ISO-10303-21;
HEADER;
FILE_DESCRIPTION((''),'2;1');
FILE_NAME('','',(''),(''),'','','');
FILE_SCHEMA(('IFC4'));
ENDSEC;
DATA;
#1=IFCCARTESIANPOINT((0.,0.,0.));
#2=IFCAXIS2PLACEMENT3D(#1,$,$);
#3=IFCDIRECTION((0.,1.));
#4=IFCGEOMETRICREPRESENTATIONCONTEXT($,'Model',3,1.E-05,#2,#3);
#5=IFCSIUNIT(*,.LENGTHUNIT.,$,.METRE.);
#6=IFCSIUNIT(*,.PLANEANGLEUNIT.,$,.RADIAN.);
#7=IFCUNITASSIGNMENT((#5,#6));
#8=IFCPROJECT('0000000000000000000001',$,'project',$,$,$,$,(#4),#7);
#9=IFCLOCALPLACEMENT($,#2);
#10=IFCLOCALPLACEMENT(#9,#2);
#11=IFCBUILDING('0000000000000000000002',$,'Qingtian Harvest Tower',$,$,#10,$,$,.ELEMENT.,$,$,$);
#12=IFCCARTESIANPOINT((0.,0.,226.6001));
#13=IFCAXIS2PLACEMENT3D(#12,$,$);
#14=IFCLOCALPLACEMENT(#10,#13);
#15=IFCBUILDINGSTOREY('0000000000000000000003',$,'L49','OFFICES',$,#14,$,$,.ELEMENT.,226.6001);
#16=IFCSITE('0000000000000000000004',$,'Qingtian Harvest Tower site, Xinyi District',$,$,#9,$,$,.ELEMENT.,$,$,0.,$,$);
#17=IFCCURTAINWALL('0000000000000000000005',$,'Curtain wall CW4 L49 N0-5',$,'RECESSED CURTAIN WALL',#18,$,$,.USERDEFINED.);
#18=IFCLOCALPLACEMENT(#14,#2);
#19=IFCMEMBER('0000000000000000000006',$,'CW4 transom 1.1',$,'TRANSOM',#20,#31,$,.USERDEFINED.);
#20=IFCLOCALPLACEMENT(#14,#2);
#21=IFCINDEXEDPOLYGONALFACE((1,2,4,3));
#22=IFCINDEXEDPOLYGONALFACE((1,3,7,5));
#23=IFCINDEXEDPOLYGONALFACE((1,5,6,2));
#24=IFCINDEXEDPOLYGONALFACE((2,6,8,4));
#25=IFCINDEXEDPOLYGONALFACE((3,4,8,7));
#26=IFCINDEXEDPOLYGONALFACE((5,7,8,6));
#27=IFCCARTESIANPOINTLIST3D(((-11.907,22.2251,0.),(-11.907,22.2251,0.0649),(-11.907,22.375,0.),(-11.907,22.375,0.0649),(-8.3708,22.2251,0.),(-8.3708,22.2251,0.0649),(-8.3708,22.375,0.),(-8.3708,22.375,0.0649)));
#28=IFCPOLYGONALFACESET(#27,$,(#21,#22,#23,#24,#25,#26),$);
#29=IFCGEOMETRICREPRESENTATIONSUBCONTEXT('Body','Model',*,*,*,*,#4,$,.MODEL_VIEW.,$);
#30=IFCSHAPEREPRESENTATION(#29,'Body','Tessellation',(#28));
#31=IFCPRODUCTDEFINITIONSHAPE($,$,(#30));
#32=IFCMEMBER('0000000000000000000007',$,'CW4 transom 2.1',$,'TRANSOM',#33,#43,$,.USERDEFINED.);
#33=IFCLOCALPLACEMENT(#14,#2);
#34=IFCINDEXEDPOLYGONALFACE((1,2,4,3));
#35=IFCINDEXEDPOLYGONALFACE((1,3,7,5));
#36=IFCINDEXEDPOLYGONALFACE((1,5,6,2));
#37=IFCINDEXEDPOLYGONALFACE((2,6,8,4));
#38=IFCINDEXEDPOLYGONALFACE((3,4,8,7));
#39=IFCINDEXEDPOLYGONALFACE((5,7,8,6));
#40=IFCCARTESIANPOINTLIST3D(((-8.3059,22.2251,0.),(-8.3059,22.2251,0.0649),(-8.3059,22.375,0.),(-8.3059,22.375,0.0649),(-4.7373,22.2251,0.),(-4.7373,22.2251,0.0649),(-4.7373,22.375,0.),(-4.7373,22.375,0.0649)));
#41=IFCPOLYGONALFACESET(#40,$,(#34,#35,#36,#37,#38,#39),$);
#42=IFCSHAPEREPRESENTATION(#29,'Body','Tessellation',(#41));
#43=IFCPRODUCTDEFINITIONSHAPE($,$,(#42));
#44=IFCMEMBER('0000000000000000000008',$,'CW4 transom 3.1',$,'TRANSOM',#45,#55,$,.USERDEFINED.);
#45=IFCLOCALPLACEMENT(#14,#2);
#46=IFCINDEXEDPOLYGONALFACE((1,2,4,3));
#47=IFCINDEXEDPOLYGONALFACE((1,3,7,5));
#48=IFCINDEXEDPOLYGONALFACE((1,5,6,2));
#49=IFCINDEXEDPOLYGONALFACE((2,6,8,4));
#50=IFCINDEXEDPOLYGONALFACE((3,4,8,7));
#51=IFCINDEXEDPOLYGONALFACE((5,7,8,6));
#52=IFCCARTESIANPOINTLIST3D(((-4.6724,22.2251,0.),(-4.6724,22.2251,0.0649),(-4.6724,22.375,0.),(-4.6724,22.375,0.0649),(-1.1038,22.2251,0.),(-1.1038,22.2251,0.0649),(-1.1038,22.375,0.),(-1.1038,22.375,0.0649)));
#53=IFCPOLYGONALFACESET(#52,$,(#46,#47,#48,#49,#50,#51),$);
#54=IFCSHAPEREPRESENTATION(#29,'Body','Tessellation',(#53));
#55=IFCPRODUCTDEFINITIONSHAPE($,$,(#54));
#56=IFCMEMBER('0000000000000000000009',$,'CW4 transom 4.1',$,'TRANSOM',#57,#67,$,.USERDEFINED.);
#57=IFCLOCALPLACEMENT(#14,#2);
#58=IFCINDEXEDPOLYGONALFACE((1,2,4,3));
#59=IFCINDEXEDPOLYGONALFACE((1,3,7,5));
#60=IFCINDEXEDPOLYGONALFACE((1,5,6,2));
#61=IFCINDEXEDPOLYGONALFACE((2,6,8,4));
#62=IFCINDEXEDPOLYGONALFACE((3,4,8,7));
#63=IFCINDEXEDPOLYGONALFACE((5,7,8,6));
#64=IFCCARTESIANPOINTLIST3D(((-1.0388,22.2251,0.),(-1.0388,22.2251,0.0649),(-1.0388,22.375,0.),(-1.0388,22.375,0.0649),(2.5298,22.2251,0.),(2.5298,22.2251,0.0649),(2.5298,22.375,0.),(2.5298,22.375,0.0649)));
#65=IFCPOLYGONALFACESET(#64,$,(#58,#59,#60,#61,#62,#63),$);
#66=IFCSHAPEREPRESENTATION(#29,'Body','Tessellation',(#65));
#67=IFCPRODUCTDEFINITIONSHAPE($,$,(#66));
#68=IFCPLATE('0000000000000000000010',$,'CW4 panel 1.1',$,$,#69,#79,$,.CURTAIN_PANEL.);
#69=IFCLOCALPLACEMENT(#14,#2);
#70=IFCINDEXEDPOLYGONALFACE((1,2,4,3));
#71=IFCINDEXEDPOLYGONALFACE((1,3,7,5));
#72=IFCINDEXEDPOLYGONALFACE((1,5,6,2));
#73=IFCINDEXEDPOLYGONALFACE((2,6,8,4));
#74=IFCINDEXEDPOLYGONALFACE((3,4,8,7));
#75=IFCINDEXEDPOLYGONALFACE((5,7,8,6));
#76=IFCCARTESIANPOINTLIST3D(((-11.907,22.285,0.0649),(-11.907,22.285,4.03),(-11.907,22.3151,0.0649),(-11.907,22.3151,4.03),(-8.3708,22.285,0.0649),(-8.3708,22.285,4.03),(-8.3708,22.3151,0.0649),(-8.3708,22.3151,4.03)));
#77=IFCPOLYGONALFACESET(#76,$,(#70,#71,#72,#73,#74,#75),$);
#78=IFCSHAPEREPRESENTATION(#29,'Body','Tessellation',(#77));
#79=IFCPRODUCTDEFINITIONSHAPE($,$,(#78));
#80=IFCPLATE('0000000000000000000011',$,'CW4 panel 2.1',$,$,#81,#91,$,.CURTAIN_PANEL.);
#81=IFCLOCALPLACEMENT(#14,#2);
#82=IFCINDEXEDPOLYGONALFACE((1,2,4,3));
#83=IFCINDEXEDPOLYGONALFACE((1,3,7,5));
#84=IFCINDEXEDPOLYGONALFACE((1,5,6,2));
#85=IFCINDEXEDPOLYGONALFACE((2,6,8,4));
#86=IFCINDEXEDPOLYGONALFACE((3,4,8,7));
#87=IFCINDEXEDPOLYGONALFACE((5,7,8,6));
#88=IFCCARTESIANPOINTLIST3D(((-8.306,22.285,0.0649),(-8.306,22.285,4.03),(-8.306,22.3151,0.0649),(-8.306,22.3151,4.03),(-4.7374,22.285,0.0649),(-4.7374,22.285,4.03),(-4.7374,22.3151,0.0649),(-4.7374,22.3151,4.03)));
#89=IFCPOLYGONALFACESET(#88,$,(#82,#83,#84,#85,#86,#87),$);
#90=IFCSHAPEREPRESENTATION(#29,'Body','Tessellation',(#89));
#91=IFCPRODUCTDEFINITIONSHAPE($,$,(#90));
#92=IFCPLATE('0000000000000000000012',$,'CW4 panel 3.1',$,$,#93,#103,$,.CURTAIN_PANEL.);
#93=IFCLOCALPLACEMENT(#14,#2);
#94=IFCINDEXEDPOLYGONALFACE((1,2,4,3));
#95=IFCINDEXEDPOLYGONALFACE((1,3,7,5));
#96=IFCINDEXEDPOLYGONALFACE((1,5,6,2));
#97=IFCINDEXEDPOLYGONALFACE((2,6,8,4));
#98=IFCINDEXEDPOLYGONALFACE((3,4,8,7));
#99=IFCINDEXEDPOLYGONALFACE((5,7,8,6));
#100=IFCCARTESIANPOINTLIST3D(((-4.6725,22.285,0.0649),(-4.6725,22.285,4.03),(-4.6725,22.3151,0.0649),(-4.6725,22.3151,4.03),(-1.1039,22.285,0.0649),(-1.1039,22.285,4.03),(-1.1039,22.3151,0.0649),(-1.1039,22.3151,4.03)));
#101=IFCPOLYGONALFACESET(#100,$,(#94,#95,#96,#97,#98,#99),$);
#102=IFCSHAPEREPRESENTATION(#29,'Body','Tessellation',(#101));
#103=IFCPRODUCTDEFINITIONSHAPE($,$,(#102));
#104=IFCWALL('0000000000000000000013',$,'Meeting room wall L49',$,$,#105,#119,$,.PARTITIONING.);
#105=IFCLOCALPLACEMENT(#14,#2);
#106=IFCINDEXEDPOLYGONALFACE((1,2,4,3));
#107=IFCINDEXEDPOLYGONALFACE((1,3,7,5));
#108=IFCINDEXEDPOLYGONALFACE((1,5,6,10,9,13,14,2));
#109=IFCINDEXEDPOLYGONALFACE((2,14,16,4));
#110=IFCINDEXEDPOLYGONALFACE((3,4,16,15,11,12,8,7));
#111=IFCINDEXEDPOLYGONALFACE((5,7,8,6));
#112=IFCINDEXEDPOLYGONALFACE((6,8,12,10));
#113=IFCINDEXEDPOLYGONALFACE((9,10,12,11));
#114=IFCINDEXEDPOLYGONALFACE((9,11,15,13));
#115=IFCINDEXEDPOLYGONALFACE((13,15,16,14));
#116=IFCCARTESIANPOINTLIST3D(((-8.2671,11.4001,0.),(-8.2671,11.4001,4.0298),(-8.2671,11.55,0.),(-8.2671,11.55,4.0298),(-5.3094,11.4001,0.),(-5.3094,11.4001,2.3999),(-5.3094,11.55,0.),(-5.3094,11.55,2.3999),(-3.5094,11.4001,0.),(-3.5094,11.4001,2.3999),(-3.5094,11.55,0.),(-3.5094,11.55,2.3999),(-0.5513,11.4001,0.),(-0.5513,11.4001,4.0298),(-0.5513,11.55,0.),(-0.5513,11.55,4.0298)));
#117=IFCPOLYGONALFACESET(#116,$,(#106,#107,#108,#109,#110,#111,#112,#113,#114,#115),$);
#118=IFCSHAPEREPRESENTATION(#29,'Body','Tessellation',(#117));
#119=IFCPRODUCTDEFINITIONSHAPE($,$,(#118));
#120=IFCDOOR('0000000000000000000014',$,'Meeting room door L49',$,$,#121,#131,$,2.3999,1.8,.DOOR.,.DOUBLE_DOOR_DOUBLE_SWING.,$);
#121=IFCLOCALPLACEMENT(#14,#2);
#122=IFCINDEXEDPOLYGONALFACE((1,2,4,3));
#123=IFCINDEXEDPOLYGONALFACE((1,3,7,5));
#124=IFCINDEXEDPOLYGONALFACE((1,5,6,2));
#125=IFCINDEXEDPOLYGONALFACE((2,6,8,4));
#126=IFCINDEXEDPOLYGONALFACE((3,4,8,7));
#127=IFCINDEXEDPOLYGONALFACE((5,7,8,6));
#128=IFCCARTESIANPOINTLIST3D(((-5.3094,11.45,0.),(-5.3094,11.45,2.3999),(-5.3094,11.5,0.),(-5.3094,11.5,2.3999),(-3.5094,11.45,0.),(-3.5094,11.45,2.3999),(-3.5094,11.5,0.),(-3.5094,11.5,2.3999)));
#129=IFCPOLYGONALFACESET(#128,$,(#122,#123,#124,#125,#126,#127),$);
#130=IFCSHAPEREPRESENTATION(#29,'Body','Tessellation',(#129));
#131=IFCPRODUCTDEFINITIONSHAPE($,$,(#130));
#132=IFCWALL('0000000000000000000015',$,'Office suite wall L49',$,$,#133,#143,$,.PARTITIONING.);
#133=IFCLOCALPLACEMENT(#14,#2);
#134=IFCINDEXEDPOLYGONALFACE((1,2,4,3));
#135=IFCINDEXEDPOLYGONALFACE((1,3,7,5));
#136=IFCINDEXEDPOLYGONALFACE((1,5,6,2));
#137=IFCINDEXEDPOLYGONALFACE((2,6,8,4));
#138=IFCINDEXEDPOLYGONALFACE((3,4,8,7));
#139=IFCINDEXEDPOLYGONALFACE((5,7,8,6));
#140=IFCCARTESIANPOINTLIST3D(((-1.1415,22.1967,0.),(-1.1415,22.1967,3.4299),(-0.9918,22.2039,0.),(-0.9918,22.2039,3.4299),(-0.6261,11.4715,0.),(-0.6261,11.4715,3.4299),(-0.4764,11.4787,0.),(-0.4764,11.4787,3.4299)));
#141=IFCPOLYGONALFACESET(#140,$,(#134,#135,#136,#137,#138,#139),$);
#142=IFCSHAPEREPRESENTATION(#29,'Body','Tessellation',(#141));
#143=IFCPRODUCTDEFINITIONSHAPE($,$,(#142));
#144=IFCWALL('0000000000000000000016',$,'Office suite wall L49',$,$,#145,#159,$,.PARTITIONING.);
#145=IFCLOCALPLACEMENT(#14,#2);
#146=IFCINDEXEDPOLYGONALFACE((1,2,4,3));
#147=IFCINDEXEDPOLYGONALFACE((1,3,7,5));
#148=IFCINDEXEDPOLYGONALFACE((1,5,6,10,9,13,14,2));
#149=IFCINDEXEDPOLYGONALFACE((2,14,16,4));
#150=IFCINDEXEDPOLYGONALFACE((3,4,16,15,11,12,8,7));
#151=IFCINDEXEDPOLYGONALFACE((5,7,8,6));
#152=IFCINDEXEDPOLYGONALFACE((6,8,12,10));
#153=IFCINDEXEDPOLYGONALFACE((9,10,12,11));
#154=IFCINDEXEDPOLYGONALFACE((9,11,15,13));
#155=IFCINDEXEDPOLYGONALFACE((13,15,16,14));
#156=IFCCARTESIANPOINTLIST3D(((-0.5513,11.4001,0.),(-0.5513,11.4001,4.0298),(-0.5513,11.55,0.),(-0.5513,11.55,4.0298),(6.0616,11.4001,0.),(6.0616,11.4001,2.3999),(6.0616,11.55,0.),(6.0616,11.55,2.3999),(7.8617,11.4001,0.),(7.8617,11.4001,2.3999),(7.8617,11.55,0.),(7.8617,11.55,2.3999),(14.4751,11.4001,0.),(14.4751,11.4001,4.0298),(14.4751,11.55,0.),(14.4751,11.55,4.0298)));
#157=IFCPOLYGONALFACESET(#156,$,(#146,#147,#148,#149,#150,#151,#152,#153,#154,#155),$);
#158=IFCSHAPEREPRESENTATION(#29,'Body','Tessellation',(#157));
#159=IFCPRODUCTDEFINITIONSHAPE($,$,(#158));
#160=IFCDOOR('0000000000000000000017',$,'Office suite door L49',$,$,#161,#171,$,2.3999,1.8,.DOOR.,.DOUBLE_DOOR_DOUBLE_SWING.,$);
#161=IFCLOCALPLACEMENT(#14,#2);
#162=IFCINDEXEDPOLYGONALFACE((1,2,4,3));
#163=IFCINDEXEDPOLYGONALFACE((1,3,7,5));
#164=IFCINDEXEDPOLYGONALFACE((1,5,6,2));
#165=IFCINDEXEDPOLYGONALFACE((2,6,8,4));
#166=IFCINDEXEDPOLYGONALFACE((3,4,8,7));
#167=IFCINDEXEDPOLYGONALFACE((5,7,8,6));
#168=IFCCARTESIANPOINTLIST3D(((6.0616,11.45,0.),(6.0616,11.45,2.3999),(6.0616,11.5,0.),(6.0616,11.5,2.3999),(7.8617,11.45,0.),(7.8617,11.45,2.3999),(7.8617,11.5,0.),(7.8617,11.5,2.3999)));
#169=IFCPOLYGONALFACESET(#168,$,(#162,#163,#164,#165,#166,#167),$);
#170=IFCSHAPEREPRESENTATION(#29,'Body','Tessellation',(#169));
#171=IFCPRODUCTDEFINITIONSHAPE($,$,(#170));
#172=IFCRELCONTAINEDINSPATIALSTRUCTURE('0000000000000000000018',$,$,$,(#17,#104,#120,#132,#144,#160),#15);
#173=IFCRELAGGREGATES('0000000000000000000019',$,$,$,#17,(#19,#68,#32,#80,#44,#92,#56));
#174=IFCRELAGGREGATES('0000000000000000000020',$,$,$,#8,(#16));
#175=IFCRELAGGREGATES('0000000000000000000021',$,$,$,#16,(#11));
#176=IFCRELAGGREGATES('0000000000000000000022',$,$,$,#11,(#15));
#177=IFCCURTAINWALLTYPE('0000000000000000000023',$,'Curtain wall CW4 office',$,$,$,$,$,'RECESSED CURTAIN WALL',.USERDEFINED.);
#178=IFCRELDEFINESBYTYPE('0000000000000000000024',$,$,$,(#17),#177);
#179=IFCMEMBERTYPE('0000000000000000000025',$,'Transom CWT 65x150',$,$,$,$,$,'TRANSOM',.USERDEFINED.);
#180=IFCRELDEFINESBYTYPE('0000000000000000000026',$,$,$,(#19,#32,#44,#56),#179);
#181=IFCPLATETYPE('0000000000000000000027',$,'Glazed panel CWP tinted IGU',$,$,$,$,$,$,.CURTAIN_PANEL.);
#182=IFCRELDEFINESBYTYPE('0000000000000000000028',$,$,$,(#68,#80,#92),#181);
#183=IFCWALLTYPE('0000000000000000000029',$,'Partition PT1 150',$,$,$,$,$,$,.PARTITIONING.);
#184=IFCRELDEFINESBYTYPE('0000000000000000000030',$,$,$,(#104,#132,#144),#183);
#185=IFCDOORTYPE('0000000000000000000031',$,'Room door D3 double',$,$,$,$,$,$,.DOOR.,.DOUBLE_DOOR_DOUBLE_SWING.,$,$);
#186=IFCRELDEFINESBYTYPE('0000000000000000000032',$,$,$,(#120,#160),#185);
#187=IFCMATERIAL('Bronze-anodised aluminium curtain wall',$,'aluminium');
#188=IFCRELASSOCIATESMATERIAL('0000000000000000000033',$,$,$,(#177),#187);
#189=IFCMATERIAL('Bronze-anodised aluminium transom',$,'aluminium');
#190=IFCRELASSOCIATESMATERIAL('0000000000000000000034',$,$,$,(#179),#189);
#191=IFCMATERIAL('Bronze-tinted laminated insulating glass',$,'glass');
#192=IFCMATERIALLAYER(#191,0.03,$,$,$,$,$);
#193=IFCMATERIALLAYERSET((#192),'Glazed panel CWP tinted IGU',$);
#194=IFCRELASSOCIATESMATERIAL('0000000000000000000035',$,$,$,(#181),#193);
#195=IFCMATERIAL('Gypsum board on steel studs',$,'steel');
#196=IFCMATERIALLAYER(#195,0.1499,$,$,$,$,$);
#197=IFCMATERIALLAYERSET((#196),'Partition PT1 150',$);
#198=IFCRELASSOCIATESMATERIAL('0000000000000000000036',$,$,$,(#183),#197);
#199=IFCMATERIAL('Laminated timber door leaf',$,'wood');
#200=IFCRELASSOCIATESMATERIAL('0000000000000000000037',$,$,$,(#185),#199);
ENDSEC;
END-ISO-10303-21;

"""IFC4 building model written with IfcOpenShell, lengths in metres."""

from ifc_helpers import new_model, si_unit, direction, frame, frame_2d, origin, origin_2d, place, context, subcontext, project, spatial, rectangle, extrude, material, layer, layer_set, material_profile, profile_set, type_object, element, fill, aggregate, save


model = new_model("IFC4")

# Units and contexts
model_context = context("Model", 3, precision=1e-05, world=origin(), true_north=direction((0.0, 1.0)))
body_context = subcontext(model_context, "Body", "Model", "MODEL_VIEW")
ifc_project = project(units=[si_unit("LENGTHUNIT", "METRE"), si_unit("PLANEANGLEUNIT", "RADIAN")], contexts=[model_context])

# Site, building, storey
site_placement = place(None, origin())
site = spatial("IfcSite", under=ifc_project, at=site_placement, Name="Qingtian Harvest Tower site, Xinyi District", CompositionType="ELEMENT", RefElevation=0.0)
building_placement = place(site_placement, origin())
building = spatial("IfcBuilding", under=site, at=building_placement, Name="Qingtian Harvest Tower", CompositionType="ELEMENT")
storey_placement = place(building_placement, frame((0.0, 0.0, 226.6001)))
storey = spatial("IfcBuildingStorey", under=building, at=storey_placement, Name="L49", Description="OFFICES", CompositionType="ELEMENT", Elevation=226.6001)

# Curtain wall
ifc_material_1 = material(Name="Bronze-anodised aluminium curtain wall", Category="aluminium")
curtain_wall_type = type_object("IfcCurtainWallType", Name="Curtain wall CW4 office", ElementType="RECESSED CURTAIN WALL", PredefinedType="USERDEFINED", material=ifc_material_1)
curtain_wall_1_placement = place(storey_placement, origin())
curtain_wall_1 = element("IfcCurtainWall", 1, at=curtain_wall_1_placement, inside=storey, type_object=curtain_wall_type, Name="Curtain wall CW4 L49 N0-5", ObjectType="RECESSED CURTAIN WALL", PredefinedType="USERDEFINED")

# Members
ifc_material_2 = material(Name="Bronze-anodised aluminium transom", Category="aluminium")
ifc_material_profile_1 = material_profile(ifc_material_2, rectangle(XDim=0.1499, YDim=0.0649, at=origin_2d()), Name="AL 65x150")
ifc_profile_set_1 = profile_set([ifc_material_profile_1], Name="Bronze-anodised aluminium transom")
member_type_1 = type_object("IfcMemberType", Name="Transom CWT 65x150", ElementType="TRANSOM", PredefinedType="USERDEFINED", material=ifc_profile_set_1)
member_1_placement = place(storey_placement, frame((-11.907, 22.3, 0.0325), z_axis=(1.0, 0.0, 0.0), x_axis=(0.0, 1.0, 0.0)))
member_1 = element("IfcMember", 2, at=member_1_placement, type_object=member_type_1, Name="CW4 transom 1.1", ObjectType="TRANSOM", PredefinedType="USERDEFINED", context=body_context, shape_type="SweptSolid", body=[
    extrude(rectangle(XDim=0.1499, YDim=0.0649, at=origin_2d()), origin(), (0.0, 0.0, 1.0), 3.5361),
])
member_2_placement = place(storey_placement, frame((-8.3059, 22.3, 0.0325), z_axis=(1.0, 0.0, 0.0), x_axis=(0.0, 1.0, 0.0)))
member_2 = element("IfcMember", 3, at=member_2_placement, type_object=member_type_1, Name="CW4 transom 2.1", ObjectType="TRANSOM", PredefinedType="USERDEFINED", context=body_context, shape_type="SweptSolid", body=[
    extrude(rectangle(XDim=0.1499, YDim=0.0649, at=origin_2d()), origin(), (0.0, 0.0, 1.0), 3.5686),
])
member_3_placement = place(storey_placement, frame((-4.6724, 22.3, 0.0325), z_axis=(1.0, 0.0, 0.0), x_axis=(0.0, 1.0, 0.0)))
member_3 = element("IfcMember", 4, at=member_3_placement, type_object=member_type_1, Name="CW4 transom 3.1", ObjectType="TRANSOM", PredefinedType="USERDEFINED", context=body_context, shape_type="SweptSolid", body=[
    extrude(rectangle(XDim=0.1499, YDim=0.0649, at=origin_2d()), origin(), (0.0, 0.0, 1.0), 3.5686),
])
member_4_placement = place(storey_placement, frame((-1.0388, 22.3, 0.0325), z_axis=(1.0, 0.0, 0.0), x_axis=(0.0, 1.0, 0.0)))
member_4 = element("IfcMember", 5, at=member_4_placement, type_object=member_type_1, Name="CW4 transom 4.1", ObjectType="TRANSOM", PredefinedType="USERDEFINED", context=body_context, shape_type="SweptSolid", body=[
    extrude(rectangle(XDim=0.1499, YDim=0.0649, at=origin_2d()), origin(), (0.0, 0.0, 1.0), 3.5686),
])

# Plates
ifc_material_3 = material(Name="Bronze-tinted laminated insulating glass", Category="glass")
ifc_layer_1 = layer(ifc_material_3, 0.03)
ifc_layer_set_1 = layer_set([ifc_layer_1], Name="Glazed panel CWP tinted IGU")
plate_type = type_object("IfcPlateType", Name="Glazed panel CWP tinted IGU", PredefinedType="CURTAIN_PANEL", material=ifc_layer_set_1)
plate_1_placement = place(storey_placement, frame((-10.1389, 22.3, 0.0649), z_axis=(0.0, 0.0, 1.0), x_axis=(1.0, 0.0, 0.0)))
plate_1 = element("IfcPlate", 6, at=plate_1_placement, type_object=plate_type, Name="CW4 panel 1.1", PredefinedType="CURTAIN_PANEL", context=body_context, shape_type="SweptSolid", body=[
    extrude(rectangle(XDim=3.5361, YDim=0.03, at=origin_2d()), origin(), (0.0, 0.0, 1.0), 3.9651),
])
plate_2_placement = place(storey_placement, frame((-6.5217, 22.3, 0.0649), z_axis=(0.0, 0.0, 1.0), x_axis=(1.0, 0.0, 0.0)))
plate_2 = element("IfcPlate", 7, at=plate_2_placement, type_object=plate_type, Name="CW4 panel 2.1", PredefinedType="CURTAIN_PANEL", context=body_context, shape_type="SweptSolid", body=[
    extrude(rectangle(XDim=3.5686, YDim=0.03, at=origin_2d()), origin(), (0.0, 0.0, 1.0), 3.9651),
])
plate_3_placement = place(storey_placement, frame((-2.8882, 22.3, 0.0649), z_axis=(0.0, 0.0, 1.0), x_axis=(1.0, 0.0, 0.0)))
plate_3 = element("IfcPlate", 8, at=plate_3_placement, type_object=plate_type, Name="CW4 panel 3.1", PredefinedType="CURTAIN_PANEL", context=body_context, shape_type="SweptSolid", body=[
    extrude(rectangle(XDim=3.5686, YDim=0.03, at=origin_2d()), origin(), (0.0, 0.0, 1.0), 3.9651),
])
aggregate(curtain_wall_1, [member_1, plate_1, member_2, plate_2, member_3, plate_3, member_4])

# Wall, opening, door
ifc_material_4 = material(Name="Gypsum board on steel studs", Category="steel")
ifc_layer_2 = layer(ifc_material_4, 0.1499)
ifc_layer_set_2 = layer_set([ifc_layer_2], Name="Partition PT1 150")
wall_type = type_object("IfcWallType", Name="Partition PT1 150", PredefinedType="PARTITIONING", material=ifc_layer_set_2)
wall_1_placement = place(storey_placement, frame((-8.2671, 11.4751, 0.0), z_axis=(0.0, 0.0, 1.0), x_axis=(1.0, 0.0, 0.0)))
wall_1 = element("IfcWall", 9, at=wall_1_placement, inside=storey, type_object=wall_type, Name="Meeting room wall L49", PredefinedType="PARTITIONING", context=body_context, shape_type="SweptSolid", body=[
    extrude(rectangle(XDim=7.7158, YDim=0.1499, at=frame_2d((3.8579, 0.0))), origin(), (0.0, 0.0, 1.0), 4.0298),
])
opening_1_placement = place(wall_1_placement, frame((2.9578, 0.0, 0.0)))
opening_1 = element("IfcOpeningElement", 10, at=opening_1_placement, cuts=wall_1, PredefinedType="OPENING", context=body_context, shape_type="SweptSolid", body=[
    extrude(rectangle(XDim=1.8, YDim=2.3999, at=frame_2d((0.8999, 1.2))), frame((0.0, 0.085, 0.0), z_axis=(0.0, -1.0, 0.0), x_axis=(1.0, 0.0, 0.0)), (0.0, 0.0, 1.0), 0.1699),
])
ifc_material_5 = material(Name="Laminated timber door leaf", Category="wood")
door_type = type_object("IfcDoorType", Name="Room door D3 double", OperationType="DOUBLE_DOOR_DOUBLE_SWING", PredefinedType="DOOR", material=ifc_material_5)
door_1_placement = place(opening_1_placement, origin())
door_1 = element("IfcDoor", 11, at=door_1_placement, inside=storey, type_object=door_type, Name="Meeting room door L49", OperationType="DOUBLE_DOOR_DOUBLE_SWING", OverallHeight=2.3999, OverallWidth=1.8, PredefinedType="DOOR", context=body_context, shape_type="SweptSolid", body=[
    extrude(rectangle(XDim=1.8, YDim=2.3999, at=frame_2d((0.8999, 1.2))), frame((0.0, 0.0249, 0.0), z_axis=(0.0, -1.0, 0.0), x_axis=(1.0, 0.0, 0.0)), (0.0, 0.0, 1.0), 0.05),
])
fill(opening_1, door_1)

# Wall
wall_2_placement = place(storey_placement, frame((-1.0667, 22.2002, 0.0), z_axis=(0.0, 0.0, 1.0), x_axis=(0.047998, -0.998847, 0.0)))
element("IfcWall", 12, at=wall_2_placement, inside=storey, type_object=wall_type, Name="Office suite wall L49", PredefinedType="PARTITIONING", context=body_context, shape_type="SweptSolid", body=[
    extrude(rectangle(XDim=10.7375, YDim=0.1499, at=frame_2d((5.3687, 0.0))), origin(), (0.0, 0.0, 1.0), 3.4299),
])

# Wall, opening, door
wall_3_placement = place(storey_placement, frame((-0.5513, 11.4751, 0.0), z_axis=(0.0, 0.0, 1.0), x_axis=(1.0, 0.0, 0.0)))
wall_3 = element("IfcWall", 13, at=wall_3_placement, inside=storey, type_object=wall_type, Name="Office suite wall L49", PredefinedType="PARTITIONING", context=body_context, shape_type="SweptSolid", body=[
    extrude(rectangle(XDim=15.0264, YDim=0.1499, at=frame_2d((7.5132, 0.0))), origin(), (0.0, 0.0, 1.0), 4.0298),
])
opening_2_placement = place(wall_3_placement, frame((6.613, 0.0, 0.0)))
opening_2 = element("IfcOpeningElement", 14, at=opening_2_placement, cuts=wall_3, PredefinedType="OPENING", context=body_context, shape_type="SweptSolid", body=[
    extrude(rectangle(XDim=1.8, YDim=2.3999, at=frame_2d((0.8999, 1.2))), frame((0.0, 0.085, 0.0), z_axis=(0.0, -1.0, 0.0), x_axis=(1.0, 0.0, 0.0)), (0.0, 0.0, 1.0), 0.1699),
])
door_2_placement = place(opening_2_placement, origin())
door_2 = element("IfcDoor", 15, at=door_2_placement, inside=storey, type_object=door_type, Name="Office suite door L49", OperationType="DOUBLE_DOOR_DOUBLE_SWING", OverallHeight=2.3999, OverallWidth=1.8, PredefinedType="DOOR", context=body_context, shape_type="SweptSolid", body=[
    extrude(rectangle(XDim=1.8, YDim=2.3999, at=frame_2d((0.8999, 1.2))), frame((0.0, 0.0249, 0.0), z_axis=(0.0, -1.0, 0.0), x_axis=(1.0, 0.0, 0.0)), (0.0, 0.0, 1.0), 0.05),
])
fill(opening_2, door_2)

save(model, "model.ifc")
